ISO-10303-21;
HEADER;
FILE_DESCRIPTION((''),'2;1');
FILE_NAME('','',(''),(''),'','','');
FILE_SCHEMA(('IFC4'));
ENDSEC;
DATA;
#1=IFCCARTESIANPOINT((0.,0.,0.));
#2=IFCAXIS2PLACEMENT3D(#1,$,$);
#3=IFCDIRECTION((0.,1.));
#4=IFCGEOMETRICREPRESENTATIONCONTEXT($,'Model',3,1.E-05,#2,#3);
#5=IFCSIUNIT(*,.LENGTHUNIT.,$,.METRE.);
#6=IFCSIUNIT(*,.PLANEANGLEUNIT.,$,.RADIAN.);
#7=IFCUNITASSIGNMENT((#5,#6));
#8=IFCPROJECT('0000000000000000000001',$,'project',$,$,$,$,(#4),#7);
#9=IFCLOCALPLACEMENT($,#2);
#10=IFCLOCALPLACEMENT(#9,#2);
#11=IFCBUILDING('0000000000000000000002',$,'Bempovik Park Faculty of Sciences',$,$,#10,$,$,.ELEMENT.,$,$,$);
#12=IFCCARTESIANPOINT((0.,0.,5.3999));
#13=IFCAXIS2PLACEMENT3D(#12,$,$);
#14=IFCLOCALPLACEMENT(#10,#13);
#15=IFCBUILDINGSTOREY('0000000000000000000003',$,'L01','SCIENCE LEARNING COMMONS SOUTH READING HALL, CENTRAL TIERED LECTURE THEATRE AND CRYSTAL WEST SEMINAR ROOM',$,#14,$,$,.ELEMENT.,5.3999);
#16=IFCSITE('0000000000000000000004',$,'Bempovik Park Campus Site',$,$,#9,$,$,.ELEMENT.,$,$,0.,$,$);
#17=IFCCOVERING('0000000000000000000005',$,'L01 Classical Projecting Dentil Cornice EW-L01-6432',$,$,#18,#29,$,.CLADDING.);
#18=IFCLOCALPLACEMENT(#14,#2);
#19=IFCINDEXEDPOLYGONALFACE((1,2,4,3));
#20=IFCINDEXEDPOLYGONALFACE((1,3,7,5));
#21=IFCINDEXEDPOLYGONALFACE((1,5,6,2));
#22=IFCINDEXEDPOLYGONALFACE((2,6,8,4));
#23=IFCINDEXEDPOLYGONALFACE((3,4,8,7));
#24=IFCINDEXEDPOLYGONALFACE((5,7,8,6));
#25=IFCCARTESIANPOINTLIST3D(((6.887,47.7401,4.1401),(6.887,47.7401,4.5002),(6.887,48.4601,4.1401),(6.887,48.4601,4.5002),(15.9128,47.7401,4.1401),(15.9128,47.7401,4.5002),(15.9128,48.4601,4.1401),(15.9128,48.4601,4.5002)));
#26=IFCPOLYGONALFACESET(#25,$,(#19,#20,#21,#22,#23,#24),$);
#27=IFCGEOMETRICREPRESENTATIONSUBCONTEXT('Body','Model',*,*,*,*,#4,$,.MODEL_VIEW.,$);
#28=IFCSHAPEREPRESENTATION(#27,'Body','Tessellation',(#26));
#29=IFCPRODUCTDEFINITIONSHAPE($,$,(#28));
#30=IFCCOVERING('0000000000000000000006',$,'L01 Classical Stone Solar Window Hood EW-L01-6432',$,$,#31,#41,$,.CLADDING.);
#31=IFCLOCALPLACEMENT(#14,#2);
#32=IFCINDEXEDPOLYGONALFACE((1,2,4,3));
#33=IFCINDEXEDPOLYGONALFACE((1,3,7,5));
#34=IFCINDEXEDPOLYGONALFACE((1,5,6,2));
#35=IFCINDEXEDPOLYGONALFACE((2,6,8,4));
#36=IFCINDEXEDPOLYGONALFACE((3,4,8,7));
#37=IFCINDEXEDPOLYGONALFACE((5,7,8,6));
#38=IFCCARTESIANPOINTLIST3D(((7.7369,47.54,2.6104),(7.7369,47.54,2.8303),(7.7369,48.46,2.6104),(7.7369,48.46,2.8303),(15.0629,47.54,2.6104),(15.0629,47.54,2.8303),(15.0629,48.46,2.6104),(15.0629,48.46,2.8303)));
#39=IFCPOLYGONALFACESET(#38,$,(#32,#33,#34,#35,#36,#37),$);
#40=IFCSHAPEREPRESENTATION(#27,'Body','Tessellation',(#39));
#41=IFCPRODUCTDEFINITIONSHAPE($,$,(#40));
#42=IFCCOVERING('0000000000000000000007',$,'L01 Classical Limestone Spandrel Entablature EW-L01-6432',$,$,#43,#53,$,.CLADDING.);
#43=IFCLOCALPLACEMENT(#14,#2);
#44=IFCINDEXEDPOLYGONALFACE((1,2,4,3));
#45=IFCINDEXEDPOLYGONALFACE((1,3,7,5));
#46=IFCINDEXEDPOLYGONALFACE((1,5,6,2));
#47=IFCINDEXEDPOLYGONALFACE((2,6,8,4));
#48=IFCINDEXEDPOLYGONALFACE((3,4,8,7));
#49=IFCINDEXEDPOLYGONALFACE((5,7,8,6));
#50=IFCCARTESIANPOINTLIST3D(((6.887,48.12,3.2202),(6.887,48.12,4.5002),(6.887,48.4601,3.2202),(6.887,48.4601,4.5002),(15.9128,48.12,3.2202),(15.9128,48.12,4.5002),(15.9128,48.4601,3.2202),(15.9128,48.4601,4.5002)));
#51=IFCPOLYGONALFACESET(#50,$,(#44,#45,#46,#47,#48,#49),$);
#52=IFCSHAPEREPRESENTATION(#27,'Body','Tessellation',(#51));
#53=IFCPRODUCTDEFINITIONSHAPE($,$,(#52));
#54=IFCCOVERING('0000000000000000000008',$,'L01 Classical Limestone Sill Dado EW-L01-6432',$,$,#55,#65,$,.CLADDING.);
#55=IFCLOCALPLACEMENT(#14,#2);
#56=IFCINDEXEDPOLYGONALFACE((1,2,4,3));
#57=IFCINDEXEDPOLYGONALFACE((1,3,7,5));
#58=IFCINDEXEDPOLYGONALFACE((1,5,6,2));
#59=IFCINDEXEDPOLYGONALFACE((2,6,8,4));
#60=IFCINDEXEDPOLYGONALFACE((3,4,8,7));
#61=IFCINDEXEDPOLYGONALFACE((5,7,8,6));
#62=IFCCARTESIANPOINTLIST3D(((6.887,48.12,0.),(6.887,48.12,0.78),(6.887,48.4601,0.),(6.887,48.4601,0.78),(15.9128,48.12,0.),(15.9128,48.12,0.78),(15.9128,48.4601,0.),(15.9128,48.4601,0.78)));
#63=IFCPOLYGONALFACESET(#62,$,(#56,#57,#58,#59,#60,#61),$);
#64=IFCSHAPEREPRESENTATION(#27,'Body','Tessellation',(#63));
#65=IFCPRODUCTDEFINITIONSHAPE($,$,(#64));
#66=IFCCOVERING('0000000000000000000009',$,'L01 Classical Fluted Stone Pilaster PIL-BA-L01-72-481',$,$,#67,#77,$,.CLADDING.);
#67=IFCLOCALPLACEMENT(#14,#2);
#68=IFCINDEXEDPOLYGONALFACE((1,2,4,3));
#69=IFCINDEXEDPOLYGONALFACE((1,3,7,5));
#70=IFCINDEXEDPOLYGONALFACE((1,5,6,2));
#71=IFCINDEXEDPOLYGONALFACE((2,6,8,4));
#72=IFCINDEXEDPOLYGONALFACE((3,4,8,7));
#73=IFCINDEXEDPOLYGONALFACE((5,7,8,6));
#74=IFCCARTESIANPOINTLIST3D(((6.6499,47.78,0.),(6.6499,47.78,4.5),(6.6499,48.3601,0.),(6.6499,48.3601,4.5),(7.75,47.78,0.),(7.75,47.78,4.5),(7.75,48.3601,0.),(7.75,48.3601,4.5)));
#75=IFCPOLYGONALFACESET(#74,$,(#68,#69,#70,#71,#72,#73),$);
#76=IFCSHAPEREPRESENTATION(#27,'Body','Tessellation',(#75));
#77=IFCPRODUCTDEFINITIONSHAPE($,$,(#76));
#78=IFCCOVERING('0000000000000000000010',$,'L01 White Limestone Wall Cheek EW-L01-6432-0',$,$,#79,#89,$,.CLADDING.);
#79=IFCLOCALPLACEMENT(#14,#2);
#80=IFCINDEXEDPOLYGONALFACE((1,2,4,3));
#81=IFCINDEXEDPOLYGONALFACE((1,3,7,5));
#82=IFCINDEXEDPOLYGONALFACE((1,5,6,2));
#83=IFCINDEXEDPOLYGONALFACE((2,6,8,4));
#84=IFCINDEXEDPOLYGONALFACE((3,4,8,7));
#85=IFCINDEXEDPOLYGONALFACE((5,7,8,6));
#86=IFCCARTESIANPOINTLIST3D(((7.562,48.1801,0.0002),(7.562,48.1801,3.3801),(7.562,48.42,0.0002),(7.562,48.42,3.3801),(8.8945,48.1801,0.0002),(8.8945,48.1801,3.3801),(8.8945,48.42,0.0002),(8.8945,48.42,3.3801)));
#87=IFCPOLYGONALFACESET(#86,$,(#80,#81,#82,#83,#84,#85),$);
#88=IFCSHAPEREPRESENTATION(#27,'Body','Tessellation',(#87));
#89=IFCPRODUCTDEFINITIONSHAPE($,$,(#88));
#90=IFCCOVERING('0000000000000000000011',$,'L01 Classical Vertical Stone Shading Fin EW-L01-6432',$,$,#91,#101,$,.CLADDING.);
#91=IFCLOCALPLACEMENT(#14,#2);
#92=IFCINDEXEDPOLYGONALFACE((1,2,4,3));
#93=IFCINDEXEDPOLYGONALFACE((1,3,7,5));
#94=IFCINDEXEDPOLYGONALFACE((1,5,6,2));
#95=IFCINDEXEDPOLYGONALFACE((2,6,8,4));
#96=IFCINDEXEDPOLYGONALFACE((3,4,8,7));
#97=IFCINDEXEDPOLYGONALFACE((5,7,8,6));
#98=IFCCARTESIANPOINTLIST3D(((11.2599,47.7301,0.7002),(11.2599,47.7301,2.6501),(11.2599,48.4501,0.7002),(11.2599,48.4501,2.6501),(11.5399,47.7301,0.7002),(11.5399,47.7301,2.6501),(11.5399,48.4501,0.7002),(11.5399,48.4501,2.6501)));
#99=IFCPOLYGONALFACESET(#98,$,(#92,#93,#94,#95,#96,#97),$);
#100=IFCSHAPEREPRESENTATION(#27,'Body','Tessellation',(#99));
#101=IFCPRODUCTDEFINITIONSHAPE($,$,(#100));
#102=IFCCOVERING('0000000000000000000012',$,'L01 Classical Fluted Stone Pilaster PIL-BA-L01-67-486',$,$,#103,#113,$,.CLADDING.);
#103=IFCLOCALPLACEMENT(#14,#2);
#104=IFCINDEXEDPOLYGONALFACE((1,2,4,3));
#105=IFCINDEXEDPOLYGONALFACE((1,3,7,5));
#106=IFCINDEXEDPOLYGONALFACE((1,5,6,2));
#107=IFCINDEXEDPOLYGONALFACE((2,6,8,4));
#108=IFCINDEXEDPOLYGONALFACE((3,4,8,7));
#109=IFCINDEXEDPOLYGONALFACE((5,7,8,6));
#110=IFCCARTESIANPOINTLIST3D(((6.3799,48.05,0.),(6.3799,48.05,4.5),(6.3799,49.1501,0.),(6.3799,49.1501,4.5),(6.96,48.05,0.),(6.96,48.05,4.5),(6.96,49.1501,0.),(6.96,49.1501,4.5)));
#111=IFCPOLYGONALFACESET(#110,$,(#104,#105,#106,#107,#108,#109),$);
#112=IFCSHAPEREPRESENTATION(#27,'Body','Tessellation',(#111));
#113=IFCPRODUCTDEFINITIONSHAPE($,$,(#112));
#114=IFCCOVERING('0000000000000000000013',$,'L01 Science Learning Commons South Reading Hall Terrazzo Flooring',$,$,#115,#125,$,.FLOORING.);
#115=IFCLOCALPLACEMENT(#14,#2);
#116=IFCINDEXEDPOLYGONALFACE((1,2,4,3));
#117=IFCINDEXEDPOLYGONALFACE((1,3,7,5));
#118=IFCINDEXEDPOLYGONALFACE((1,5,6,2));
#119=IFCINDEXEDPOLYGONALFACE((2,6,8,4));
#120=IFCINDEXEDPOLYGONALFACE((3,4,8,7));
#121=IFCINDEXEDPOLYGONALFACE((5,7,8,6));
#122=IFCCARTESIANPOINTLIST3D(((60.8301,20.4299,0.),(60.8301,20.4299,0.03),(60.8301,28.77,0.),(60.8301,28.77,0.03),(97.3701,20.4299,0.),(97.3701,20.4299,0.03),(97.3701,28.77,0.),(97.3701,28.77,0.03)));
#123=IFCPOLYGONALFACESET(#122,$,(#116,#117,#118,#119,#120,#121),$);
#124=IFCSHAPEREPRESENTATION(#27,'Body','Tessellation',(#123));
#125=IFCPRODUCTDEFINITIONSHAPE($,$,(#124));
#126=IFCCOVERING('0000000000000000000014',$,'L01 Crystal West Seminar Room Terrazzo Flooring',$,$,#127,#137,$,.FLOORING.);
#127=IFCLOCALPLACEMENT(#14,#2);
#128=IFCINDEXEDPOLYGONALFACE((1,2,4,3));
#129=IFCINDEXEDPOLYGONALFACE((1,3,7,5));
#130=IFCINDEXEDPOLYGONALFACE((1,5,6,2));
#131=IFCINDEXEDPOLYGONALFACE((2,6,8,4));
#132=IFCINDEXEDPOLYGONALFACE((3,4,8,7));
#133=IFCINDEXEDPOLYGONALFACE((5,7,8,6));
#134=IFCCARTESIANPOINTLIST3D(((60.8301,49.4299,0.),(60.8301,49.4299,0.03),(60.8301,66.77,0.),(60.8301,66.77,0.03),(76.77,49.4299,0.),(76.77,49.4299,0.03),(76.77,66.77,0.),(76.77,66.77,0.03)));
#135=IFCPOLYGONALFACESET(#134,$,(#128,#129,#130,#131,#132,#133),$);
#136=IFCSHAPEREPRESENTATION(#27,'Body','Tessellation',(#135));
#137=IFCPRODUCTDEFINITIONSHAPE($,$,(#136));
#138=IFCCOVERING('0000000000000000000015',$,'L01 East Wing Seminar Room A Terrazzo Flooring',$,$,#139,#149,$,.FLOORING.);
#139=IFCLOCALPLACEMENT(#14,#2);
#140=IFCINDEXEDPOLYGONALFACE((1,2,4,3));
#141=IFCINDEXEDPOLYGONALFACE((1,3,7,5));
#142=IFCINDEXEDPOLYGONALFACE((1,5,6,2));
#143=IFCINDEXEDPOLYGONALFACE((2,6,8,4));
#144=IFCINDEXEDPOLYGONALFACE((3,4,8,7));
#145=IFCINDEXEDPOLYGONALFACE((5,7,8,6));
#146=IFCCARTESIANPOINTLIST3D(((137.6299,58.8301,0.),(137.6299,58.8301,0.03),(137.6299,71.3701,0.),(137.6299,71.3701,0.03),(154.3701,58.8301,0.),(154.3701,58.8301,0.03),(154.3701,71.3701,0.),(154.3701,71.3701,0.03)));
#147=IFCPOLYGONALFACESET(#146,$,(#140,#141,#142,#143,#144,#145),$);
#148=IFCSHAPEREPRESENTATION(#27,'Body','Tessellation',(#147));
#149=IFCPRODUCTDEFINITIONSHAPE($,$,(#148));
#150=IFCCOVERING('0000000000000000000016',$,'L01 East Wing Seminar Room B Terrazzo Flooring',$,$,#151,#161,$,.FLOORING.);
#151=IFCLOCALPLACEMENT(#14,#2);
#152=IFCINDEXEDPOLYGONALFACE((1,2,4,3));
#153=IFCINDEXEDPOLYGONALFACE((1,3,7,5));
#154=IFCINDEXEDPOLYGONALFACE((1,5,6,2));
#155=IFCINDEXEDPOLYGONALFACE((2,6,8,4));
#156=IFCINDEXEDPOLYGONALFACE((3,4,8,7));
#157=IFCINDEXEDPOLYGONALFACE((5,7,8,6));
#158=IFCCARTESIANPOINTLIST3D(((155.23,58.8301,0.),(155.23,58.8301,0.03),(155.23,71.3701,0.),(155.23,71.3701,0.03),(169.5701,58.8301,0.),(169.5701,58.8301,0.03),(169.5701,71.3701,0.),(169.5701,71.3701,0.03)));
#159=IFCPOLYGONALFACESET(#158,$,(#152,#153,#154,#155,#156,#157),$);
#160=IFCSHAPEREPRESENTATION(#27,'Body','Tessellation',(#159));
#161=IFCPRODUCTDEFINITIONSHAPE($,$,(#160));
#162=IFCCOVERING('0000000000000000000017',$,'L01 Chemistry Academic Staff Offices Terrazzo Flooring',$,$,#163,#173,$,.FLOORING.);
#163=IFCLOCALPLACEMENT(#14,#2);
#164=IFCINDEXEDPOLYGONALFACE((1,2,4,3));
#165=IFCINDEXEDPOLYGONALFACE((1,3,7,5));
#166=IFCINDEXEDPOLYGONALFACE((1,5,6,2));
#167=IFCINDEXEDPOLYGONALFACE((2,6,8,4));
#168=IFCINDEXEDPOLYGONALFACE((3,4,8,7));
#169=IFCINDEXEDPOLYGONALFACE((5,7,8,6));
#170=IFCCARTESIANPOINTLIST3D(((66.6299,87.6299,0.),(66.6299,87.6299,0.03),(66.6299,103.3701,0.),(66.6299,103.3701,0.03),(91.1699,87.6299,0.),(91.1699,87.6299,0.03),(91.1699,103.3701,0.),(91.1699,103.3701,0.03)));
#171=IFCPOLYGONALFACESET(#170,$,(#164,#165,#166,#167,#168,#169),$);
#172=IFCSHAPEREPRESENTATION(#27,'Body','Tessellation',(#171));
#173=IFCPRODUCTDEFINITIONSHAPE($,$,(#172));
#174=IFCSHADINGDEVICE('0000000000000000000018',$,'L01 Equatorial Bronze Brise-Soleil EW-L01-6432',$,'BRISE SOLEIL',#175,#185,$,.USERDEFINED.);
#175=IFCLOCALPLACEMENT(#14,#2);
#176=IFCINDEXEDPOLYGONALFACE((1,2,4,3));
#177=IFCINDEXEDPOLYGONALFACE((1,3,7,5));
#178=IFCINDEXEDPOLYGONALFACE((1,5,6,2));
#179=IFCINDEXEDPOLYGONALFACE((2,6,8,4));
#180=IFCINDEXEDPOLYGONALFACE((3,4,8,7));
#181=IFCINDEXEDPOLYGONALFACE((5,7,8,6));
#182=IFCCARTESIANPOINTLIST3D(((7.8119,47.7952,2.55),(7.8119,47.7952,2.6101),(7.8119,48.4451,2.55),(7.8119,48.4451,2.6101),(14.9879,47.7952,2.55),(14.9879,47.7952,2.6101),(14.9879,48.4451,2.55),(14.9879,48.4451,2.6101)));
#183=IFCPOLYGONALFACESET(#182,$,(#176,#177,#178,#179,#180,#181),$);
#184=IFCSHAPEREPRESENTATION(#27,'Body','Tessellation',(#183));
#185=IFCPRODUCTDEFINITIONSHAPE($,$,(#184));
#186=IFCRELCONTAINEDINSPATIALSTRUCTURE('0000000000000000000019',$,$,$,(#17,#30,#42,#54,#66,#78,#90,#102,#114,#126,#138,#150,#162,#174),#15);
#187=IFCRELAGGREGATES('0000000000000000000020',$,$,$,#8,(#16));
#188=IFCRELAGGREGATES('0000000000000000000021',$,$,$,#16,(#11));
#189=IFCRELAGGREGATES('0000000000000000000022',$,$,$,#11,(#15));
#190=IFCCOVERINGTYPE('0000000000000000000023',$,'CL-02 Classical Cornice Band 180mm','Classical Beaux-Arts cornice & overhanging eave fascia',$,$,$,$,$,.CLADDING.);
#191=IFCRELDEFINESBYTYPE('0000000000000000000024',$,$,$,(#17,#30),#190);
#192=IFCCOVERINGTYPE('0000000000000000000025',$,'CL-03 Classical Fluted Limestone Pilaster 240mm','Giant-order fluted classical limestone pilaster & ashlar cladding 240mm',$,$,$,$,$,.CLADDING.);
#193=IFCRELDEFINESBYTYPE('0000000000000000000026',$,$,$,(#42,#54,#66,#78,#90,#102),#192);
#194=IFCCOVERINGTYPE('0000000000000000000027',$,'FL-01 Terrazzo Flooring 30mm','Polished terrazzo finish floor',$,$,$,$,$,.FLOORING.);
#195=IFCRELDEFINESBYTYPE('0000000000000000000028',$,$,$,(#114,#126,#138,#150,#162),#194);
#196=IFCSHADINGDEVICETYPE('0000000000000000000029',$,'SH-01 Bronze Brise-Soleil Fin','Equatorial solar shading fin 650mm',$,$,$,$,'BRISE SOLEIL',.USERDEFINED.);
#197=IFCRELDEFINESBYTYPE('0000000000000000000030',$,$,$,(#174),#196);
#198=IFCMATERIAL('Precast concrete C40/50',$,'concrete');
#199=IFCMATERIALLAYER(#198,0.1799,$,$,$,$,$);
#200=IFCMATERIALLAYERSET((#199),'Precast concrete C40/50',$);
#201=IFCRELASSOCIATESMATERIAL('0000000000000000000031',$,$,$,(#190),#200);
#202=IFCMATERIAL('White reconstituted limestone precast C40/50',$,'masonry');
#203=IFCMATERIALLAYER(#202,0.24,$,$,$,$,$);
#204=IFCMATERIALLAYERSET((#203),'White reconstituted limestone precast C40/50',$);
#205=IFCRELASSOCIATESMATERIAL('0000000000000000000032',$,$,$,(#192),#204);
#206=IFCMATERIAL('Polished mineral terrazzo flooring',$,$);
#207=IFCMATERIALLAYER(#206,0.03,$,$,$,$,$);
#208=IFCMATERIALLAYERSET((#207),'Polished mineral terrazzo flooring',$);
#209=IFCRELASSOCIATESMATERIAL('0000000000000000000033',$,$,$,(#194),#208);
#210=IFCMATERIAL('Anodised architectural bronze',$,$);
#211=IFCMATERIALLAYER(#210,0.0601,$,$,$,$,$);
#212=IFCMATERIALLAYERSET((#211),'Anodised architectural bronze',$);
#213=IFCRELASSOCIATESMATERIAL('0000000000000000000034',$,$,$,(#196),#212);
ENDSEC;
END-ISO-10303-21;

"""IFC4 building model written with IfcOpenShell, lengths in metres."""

from ifc_helpers import new_model, si_unit, direction, frame, origin, origin_2d, place, context, subcontext, project, spatial, polyline, rectangle, outline, extrude, material, layer, layer_set, type_object, element, save


model = new_model("IFC4")

# Units and contexts
model_context = context("Model", 3, precision=1e-05, world=origin(), true_north=direction((0.0, 1.0)))
body_context = subcontext(model_context, "Body", "Model", "MODEL_VIEW")
ifc_project = project(units=[si_unit("LENGTHUNIT", "METRE"), si_unit("PLANEANGLEUNIT", "RADIAN")], contexts=[model_context])

# Site, building, storey
site_placement = place(None, origin())
site = spatial("IfcSite", under=ifc_project, at=site_placement, Name="Bempovik Park Campus Site", CompositionType="ELEMENT", RefElevation=0.0)
building_placement = place(site_placement, origin())
building = spatial("IfcBuilding", under=site, at=building_placement, Name="Bempovik Park Faculty of Sciences", CompositionType="ELEMENT")
storey_placement = place(building_placement, frame((0.0, 0.0, 5.3999)))
storey = spatial("IfcBuildingStorey", under=building, at=storey_placement, Name="L01", Description="SCIENCE LEARNING COMMONS SOUTH READING HALL, CENTRAL TIERED LECTURE THEATRE AND CRYSTAL WEST SEMINAR ROOM", CompositionType="ELEMENT", Elevation=5.3999)

# Shared definitions
ifc_material_1 = material(Name="Precast concrete C40/50", Category="concrete")

# Coverings
ifc_layer_1 = layer(ifc_material_1, 0.1799)
ifc_layer_set_1 = layer_set([ifc_layer_1], Name="Precast concrete C40/50")
covering_type_1 = type_object("IfcCoveringType", Name="CL-02 Classical Cornice Band 180mm", Description="Classical Beaux-Arts cornice & overhanging eave fascia", PredefinedType="CLADDING", material=ifc_layer_set_1)
covering_1_placement = place(storey_placement, frame((11.3999, 48.1001, 4.1401), z_axis=(0.0, 0.0, 1.0), x_axis=(1.0, 0.0, 0.0)))
element("IfcCovering", 1, at=covering_1_placement, inside=storey, type_object=covering_type_1, Name="L01 Classical Projecting Dentil Cornice EW-L01-6432", PredefinedType="CLADDING", context=body_context, shape_type="SweptSolid", body=[
    extrude(rectangle(XDim=9.0259, YDim=0.72, at=origin_2d()), origin(), (0.0, 0.0, 1.0), 0.3601),
])
covering_2_placement = place(storey_placement, frame((11.3999, 48.0, 2.6104), z_axis=(0.0, 0.0, 1.0), x_axis=(1.0, 0.0, 0.0)))
element("IfcCovering", 2, at=covering_2_placement, inside=storey, type_object=covering_type_1, Name="L01 Classical Stone Solar Window Hood EW-L01-6432", PredefinedType="CLADDING", context=body_context, shape_type="SweptSolid", body=[
    extrude(rectangle(XDim=7.3259, YDim=0.9199, at=origin_2d()), origin(), (0.0, 0.0, 1.0), 0.22),
])
ifc_material_2 = material(Name="White reconstituted limestone precast C40/50", Category="masonry")
ifc_layer_2 = layer(ifc_material_2, 0.24)
ifc_layer_set_2 = layer_set([ifc_layer_2], Name="White reconstituted limestone precast C40/50")
covering_type_2 = type_object("IfcCoveringType", Name="CL-03 Classical Fluted Limestone Pilaster 240mm", Description="Giant-order fluted classical limestone pilaster & ashlar cladding 240mm", PredefinedType="CLADDING", material=ifc_layer_set_2)
covering_3_placement = place(storey_placement, frame((11.3999, 48.29, 3.2202), z_axis=(0.0, 0.0, 1.0), x_axis=(1.0, 0.0, 0.0)))
element("IfcCovering", 3, at=covering_3_placement, inside=storey, type_object=covering_type_2, Name="L01 Classical Limestone Spandrel Entablature EW-L01-6432", PredefinedType="CLADDING", context=body_context, shape_type="SweptSolid", body=[
    extrude(rectangle(XDim=9.0259, YDim=0.3401, at=origin_2d()), origin(), (0.0, 0.0, 1.0), 1.28),
])
covering_4_placement = place(storey_placement, frame((11.3999, 48.29, 0.0), z_axis=(0.0, 0.0, 1.0), x_axis=(1.0, 0.0, 0.0)))
element("IfcCovering", 4, at=covering_4_placement, inside=storey, type_object=covering_type_2, Name="L01 Classical Limestone Sill Dado EW-L01-6432", PredefinedType="CLADDING", context=body_context, shape_type="SweptSolid", body=[
    extrude(rectangle(XDim=9.0259, YDim=0.3401, at=origin_2d()), origin(), (0.0, 0.0, 1.0), 0.78),
])
covering_5_placement = place(storey_placement, frame((7.2, 48.0701, 0.0), z_axis=(0.0, 0.0, 1.0), x_axis=(1.0, 0.0, 0.0)))
element("IfcCovering", 5, at=covering_5_placement, inside=storey, type_object=covering_type_2, Name="L01 Classical Fluted Stone Pilaster PIL-BA-L01-72-481", PredefinedType="CLADDING", context=body_context, shape_type="SweptSolid", body=[
    extrude(rectangle(XDim=1.1001, YDim=0.5801, at=origin_2d()), origin(), (0.0, 0.0, 1.0), 4.5),
])
covering_6_placement = place(storey_placement, frame((8.2283, 48.3, 0.0002), z_axis=(0.0, 0.0, 1.0), x_axis=(1.0, 0.0, 0.0)))
element("IfcCovering", 6, at=covering_6_placement, inside=storey, type_object=covering_type_2, Name="L01 White Limestone Wall Cheek EW-L01-6432-0", PredefinedType="CLADDING", context=body_context, shape_type="SweptSolid", body=[
    extrude(rectangle(XDim=1.3325, YDim=0.24, at=origin_2d()), origin(), (0.0, 0.0, 1.0), 3.3799),
])
covering_7_placement = place(storey_placement, frame((11.3999, 48.0901, 0.7002), z_axis=(0.0, 0.0, 1.0), x_axis=(1.0, 0.0, 0.0)))
element("IfcCovering", 7, at=covering_7_placement, inside=storey, type_object=covering_type_2, Name="L01 Classical Vertical Stone Shading Fin EW-L01-6432", PredefinedType="CLADDING", context=body_context, shape_type="SweptSolid", body=[
    extrude(rectangle(XDim=0.28, YDim=0.72, at=origin_2d()), origin(), (0.0, 0.0, 1.0), 1.95),
])
covering_8_placement = place(storey_placement, frame((6.6699, 48.6001, 0.0), z_axis=(0.0, 0.0, 1.0), x_axis=(1.0, 0.0, 0.0)))
element("IfcCovering", 8, at=covering_8_placement, inside=storey, type_object=covering_type_2, Name="L01 Classical Fluted Stone Pilaster PIL-BA-L01-67-486", PredefinedType="CLADDING", context=body_context, shape_type="SweptSolid", body=[
    extrude(rectangle(XDim=0.5801, YDim=1.1001, at=origin_2d()), origin(), (0.0, 0.0, 1.0), 4.5),
])
ifc_material_3 = material(Name="Polished mineral terrazzo flooring")
ifc_layer_3 = layer(ifc_material_3, 0.03)
ifc_layer_set_3 = layer_set([ifc_layer_3], Name="Polished mineral terrazzo flooring")
covering_type_3 = type_object("IfcCoveringType", Name="FL-01 Terrazzo Flooring 30mm", Description="Polished terrazzo finish floor", PredefinedType="FLOORING", material=ifc_layer_set_3)
covering_9_placement = place(storey_placement, origin())
element("IfcCovering", 9, at=covering_9_placement, inside=storey, type_object=covering_type_3, Name="L01 Science Learning Commons South Reading Hall Terrazzo Flooring", PredefinedType="FLOORING", context=body_context, shape_type="SweptSolid", body=[
    extrude(outline(polyline([(60.8301, 20.4299), (97.3701, 20.4299), (97.3701, 28.77), (60.8301, 28.77), (60.8301, 20.4299)])), origin(), (0.0, 0.0, 1.0), 0.03),
])
covering_10_placement = place(storey_placement, origin())
element("IfcCovering", 10, at=covering_10_placement, inside=storey, type_object=covering_type_3, Name="L01 Crystal West Seminar Room Terrazzo Flooring", PredefinedType="FLOORING", context=body_context, shape_type="SweptSolid", body=[
    extrude(outline(polyline([(60.8301, 49.4299), (76.77, 49.4299), (76.77, 66.77), (60.8301, 66.77), (60.8301, 49.4299)])), origin(), (0.0, 0.0, 1.0), 0.03),
])
covering_11_placement = place(storey_placement, origin())
element("IfcCovering", 11, at=covering_11_placement, inside=storey, type_object=covering_type_3, Name="L01 East Wing Seminar Room A Terrazzo Flooring", PredefinedType="FLOORING", context=body_context, shape_type="SweptSolid", body=[
    extrude(outline(polyline([(137.6299, 58.8301), (154.3701, 58.8301), (154.3701, 71.3701), (137.6299, 71.3701), (137.6299, 58.8301)])), origin(), (0.0, 0.0, 1.0), 0.03),
])
covering_12_placement = place(storey_placement, origin())
element("IfcCovering", 12, at=covering_12_placement, inside=storey, type_object=covering_type_3, Name="L01 East Wing Seminar Room B Terrazzo Flooring", PredefinedType="FLOORING", context=body_context, shape_type="SweptSolid", body=[
    extrude(outline(polyline([(155.23, 58.8301), (169.5701, 58.8301), (169.5701, 71.3701), (155.23, 71.3701), (155.23, 58.8301)])), origin(), (0.0, 0.0, 1.0), 0.03),
])
covering_13_placement = place(storey_placement, origin())
element("IfcCovering", 13, at=covering_13_placement, inside=storey, type_object=covering_type_3, Name="L01 Chemistry Academic Staff Offices Terrazzo Flooring", PredefinedType="FLOORING", context=body_context, shape_type="SweptSolid", body=[
    extrude(outline(polyline([(66.6299, 87.6299), (91.1699, 87.6299), (91.1699, 103.3701), (66.6299, 103.3701), (66.6299, 87.6299)])), origin(), (0.0, 0.0, 1.0), 0.03),
])

# Shading device
ifc_material_4 = material(Name="Anodised architectural bronze")
ifc_layer_4 = layer(ifc_material_4, 0.0601)
ifc_layer_set_4 = layer_set([ifc_layer_4], Name="Anodised architectural bronze")
shading_device_type = type_object("IfcShadingDeviceType", Name="SH-01 Bronze Brise-Soleil Fin", Description="Equatorial solar shading fin 650mm", ElementType="BRISE SOLEIL", PredefinedType="USERDEFINED", material=ifc_layer_set_4)
shading_device_placement = place(storey_placement, frame((11.3999, 48.1201, 2.55), z_axis=(0.0, 0.0, 1.0), x_axis=(1.0, 0.0, 0.0)))
element("IfcShadingDevice", 14, at=shading_device_placement, inside=storey, type_object=shading_device_type, Name="L01 Equatorial Bronze Brise-Soleil EW-L01-6432", ObjectType="BRISE SOLEIL", PredefinedType="USERDEFINED", context=body_context, shape_type="SweptSolid", body=[
    extrude(rectangle(XDim=7.176, YDim=0.6499, at=origin_2d()), origin(), (0.0, 0.0, 1.0), 0.0601),
])

save(model, "model.ifc")
